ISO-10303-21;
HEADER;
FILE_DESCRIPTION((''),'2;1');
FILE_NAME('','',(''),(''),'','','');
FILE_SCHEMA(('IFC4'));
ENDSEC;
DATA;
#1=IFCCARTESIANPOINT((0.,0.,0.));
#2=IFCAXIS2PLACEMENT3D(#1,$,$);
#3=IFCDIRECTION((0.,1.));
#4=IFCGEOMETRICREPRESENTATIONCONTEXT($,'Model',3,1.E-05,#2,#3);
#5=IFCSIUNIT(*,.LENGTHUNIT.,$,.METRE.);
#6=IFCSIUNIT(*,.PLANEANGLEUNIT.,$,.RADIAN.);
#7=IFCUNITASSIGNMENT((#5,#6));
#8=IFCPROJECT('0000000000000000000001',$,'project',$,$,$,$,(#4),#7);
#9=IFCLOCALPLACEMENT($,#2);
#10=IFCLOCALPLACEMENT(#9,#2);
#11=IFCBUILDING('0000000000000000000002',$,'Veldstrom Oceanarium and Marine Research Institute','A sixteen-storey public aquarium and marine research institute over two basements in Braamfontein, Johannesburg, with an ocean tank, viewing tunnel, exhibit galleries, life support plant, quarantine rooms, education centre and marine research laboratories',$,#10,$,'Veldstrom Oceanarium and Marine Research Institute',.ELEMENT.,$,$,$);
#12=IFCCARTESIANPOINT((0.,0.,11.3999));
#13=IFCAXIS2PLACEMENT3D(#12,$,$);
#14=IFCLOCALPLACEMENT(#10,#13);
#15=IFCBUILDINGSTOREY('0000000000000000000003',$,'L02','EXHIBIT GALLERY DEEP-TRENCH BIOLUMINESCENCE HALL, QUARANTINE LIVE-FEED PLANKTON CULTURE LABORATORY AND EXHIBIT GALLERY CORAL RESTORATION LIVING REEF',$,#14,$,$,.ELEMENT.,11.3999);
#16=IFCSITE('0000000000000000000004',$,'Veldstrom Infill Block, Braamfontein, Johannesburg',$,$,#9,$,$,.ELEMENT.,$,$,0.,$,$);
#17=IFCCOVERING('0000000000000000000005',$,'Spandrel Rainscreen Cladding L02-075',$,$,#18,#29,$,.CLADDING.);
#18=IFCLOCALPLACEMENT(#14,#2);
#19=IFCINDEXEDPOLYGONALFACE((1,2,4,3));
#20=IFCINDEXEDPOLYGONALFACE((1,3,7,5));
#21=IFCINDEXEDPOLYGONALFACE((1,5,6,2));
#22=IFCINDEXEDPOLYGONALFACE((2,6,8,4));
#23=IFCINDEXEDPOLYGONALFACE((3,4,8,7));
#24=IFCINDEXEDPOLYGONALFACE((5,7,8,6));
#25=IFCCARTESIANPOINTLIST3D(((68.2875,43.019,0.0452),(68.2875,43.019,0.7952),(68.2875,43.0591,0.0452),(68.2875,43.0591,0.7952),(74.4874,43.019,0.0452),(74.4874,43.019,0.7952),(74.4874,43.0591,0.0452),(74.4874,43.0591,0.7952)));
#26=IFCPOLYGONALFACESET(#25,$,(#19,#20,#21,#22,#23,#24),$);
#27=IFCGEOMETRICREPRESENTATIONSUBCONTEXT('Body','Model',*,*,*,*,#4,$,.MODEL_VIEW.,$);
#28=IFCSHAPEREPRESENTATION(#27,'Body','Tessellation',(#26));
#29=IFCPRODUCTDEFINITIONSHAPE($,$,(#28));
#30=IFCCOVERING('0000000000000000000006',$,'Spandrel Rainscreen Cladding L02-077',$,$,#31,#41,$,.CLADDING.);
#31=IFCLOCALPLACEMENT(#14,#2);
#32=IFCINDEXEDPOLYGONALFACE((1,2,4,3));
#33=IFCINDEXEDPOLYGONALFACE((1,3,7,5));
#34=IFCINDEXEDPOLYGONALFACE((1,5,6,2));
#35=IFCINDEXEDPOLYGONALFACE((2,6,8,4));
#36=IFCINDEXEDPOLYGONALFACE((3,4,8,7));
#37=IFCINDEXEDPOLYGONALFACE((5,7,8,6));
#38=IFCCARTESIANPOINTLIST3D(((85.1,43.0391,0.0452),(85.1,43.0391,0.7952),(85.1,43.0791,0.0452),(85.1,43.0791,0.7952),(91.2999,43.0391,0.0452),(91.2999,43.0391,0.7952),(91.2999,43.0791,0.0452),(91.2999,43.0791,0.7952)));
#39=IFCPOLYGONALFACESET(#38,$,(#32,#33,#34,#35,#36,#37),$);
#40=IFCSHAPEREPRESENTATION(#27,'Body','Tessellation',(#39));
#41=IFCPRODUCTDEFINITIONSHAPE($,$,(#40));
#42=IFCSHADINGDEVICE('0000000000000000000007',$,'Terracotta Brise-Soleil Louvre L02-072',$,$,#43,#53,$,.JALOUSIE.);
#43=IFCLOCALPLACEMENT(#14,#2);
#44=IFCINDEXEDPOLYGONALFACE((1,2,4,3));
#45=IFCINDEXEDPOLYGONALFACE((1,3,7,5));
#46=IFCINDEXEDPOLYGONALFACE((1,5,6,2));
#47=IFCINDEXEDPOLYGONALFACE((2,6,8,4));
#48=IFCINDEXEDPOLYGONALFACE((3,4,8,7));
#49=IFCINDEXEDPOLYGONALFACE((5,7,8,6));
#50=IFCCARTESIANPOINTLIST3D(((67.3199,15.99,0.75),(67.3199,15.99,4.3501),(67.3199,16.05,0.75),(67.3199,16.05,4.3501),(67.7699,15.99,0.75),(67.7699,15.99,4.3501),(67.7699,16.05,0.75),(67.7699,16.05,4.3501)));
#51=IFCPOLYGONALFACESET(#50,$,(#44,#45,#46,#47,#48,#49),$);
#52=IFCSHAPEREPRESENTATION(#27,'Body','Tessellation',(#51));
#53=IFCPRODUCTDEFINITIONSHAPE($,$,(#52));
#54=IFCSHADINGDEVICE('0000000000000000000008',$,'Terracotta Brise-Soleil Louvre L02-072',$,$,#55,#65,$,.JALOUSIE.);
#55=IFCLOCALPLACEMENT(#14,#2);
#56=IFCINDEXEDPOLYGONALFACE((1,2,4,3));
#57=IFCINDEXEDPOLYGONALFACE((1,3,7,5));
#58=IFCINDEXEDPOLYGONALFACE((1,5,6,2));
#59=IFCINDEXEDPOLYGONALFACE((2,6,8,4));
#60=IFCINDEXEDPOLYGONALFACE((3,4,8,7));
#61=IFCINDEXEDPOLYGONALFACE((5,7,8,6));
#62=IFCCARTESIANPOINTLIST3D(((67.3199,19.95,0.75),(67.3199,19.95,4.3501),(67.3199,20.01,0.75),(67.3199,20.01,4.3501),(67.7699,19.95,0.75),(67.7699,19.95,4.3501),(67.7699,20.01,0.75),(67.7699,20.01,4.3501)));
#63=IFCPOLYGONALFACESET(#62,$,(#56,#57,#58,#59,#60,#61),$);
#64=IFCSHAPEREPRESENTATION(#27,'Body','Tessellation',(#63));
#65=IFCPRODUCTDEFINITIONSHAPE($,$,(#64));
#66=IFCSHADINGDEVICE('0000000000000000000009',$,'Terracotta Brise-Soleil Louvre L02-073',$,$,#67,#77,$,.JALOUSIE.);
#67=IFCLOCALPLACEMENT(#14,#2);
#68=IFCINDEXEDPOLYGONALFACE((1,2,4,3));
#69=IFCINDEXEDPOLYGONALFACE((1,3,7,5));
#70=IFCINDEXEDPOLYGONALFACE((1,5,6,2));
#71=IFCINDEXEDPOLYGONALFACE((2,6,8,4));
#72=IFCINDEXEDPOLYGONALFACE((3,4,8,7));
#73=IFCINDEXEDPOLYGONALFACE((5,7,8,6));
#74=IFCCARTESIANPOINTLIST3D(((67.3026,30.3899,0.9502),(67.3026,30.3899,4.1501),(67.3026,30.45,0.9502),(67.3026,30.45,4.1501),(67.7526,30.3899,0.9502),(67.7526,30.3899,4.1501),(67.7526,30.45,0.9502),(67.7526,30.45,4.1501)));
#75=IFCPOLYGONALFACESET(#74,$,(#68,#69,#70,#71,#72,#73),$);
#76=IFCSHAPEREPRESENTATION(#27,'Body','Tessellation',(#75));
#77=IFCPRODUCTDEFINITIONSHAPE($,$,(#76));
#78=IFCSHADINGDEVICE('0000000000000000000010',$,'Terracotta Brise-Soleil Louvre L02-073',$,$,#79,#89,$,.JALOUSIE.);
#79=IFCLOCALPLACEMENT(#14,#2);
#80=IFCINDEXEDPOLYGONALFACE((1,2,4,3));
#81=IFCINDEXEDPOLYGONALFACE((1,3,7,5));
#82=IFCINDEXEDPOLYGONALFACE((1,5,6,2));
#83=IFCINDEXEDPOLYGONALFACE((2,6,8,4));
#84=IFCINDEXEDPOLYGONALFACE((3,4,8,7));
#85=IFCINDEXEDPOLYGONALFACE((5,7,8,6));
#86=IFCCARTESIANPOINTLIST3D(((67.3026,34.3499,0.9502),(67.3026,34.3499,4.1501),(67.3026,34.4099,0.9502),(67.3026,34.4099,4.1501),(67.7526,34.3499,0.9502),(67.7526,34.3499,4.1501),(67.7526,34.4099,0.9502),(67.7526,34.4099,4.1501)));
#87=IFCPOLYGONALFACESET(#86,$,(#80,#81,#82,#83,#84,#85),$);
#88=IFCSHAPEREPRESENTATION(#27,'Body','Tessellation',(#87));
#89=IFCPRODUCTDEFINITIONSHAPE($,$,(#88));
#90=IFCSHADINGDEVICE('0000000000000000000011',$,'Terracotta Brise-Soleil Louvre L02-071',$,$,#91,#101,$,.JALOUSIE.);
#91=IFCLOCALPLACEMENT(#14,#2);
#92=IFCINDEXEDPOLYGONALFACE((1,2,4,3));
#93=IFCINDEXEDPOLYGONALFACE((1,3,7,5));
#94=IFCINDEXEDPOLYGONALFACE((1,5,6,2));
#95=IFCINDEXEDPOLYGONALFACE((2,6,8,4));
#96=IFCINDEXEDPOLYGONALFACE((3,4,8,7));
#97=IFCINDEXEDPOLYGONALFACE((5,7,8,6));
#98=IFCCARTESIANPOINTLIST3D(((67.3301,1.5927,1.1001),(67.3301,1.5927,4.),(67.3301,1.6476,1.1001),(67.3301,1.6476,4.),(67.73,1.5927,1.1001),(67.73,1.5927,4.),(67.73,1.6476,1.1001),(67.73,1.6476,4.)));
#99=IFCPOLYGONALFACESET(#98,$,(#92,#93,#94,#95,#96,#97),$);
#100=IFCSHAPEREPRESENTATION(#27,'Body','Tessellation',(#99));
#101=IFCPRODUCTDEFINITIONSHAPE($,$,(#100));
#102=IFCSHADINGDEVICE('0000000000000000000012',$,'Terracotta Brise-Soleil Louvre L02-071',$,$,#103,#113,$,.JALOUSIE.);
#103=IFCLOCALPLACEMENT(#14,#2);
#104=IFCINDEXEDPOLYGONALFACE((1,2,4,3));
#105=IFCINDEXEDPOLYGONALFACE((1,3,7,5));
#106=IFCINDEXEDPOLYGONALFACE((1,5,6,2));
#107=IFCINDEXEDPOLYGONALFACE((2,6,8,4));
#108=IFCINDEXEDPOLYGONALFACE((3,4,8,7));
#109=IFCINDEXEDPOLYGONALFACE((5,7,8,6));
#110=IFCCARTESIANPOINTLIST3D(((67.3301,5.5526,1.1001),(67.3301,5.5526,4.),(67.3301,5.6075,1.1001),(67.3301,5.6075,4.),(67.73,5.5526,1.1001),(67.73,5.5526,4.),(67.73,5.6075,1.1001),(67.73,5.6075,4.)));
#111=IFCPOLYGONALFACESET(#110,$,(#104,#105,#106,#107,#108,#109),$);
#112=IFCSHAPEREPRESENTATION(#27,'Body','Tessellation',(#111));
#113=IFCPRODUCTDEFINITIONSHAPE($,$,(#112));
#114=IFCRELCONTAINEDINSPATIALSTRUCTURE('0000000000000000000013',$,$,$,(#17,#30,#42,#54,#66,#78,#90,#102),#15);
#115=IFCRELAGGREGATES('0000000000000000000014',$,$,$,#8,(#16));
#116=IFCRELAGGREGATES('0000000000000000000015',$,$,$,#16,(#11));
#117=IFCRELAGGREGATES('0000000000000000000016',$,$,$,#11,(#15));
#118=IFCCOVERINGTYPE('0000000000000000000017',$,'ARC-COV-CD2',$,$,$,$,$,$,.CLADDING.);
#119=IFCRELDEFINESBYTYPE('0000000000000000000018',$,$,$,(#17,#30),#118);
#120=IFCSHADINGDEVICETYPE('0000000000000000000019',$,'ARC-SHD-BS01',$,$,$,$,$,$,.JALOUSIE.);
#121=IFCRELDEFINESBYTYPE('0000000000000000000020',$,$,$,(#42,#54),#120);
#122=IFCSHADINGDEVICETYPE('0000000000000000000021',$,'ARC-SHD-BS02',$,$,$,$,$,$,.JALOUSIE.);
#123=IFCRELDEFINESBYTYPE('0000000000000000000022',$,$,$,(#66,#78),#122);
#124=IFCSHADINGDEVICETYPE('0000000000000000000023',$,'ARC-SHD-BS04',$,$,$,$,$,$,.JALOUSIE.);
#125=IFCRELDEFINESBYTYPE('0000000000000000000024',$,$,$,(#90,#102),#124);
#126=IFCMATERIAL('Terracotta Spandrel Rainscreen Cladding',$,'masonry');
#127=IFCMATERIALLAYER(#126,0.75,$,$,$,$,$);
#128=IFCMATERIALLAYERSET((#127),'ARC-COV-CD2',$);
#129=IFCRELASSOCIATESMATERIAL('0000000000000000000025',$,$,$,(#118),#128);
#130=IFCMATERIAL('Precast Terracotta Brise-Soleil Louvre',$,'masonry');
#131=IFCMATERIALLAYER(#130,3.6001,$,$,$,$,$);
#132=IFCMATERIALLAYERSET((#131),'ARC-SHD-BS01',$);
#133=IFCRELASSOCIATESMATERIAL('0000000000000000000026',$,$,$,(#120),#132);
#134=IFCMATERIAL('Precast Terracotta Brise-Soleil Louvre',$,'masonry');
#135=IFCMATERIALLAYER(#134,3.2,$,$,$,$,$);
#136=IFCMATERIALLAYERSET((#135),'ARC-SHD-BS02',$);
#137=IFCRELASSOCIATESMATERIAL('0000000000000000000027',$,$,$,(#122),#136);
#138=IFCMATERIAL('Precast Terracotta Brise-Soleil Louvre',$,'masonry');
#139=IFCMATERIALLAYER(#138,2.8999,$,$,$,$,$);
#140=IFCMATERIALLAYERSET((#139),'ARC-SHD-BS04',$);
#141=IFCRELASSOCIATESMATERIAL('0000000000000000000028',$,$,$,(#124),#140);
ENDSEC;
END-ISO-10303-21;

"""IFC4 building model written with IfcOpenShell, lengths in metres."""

from ifc_helpers import new_model, si_unit, direction, frame, origin, origin_2d, place, context, subcontext, project, spatial, rectangle, extrude, material, layer, layer_set, type_object, element, save


model = new_model("IFC4")

# Units and contexts
model_context = context("Model", 3, precision=1e-05, world=origin(), true_north=direction((0.0, 1.0)))
body_context = subcontext(model_context, "Body", "Model", "MODEL_VIEW")
ifc_project = project(units=[si_unit("LENGTHUNIT", "METRE"), si_unit("PLANEANGLEUNIT", "RADIAN")], contexts=[model_context])

# Site, building, storey
site_placement = place(None, origin())
site = spatial("IfcSite", under=ifc_project, at=site_placement, Name="Veldstrom Infill Block, Braamfontein, Johannesburg", CompositionType="ELEMENT", RefElevation=0.0)
building_placement = place(site_placement, origin())
building = spatial("IfcBuilding", under=site, at=building_placement, Name="Veldstrom Oceanarium and Marine Research Institute", Description="A sixteen-storey public aquarium and marine research institute over two basements in Braamfontein, Johannesburg, with an ocean tank, viewing tunnel, exhibit galleries, life support plant, quarantine rooms, education centre and marine research laboratories", LongName="Veldstrom Oceanarium and Marine Research Institute", CompositionType="ELEMENT")
storey_placement = place(building_placement, frame((0.0, 0.0, 11.3999)))
storey = spatial("IfcBuildingStorey", under=building, at=storey_placement, Name="L02", Description="EXHIBIT GALLERY DEEP-TRENCH BIOLUMINESCENCE HALL, QUARANTINE LIVE-FEED PLANKTON CULTURE LABORATORY AND EXHIBIT GALLERY CORAL RESTORATION LIVING REEF", CompositionType="ELEMENT", Elevation=11.3999)

# Coverings
ifc_material_1 = material(Name="Terracotta Spandrel Rainscreen Cladding", Category="masonry")
ifc_layer_1 = layer(ifc_material_1, 0.75)
ifc_layer_set_1 = layer_set([ifc_layer_1], Name="ARC-COV-CD2")
covering_type = type_object("IfcCoveringType", Name="ARC-COV-CD2", PredefinedType="CLADDING", material=ifc_layer_set_1)
for number, where, z_axis, x_axis, name in (
    (1, (71.3875, 43.0391, 0.0452), (0.0, 0.0, 1.0), (1.0, 0.0, 0.0), "Spandrel Rainscreen Cladding L02-075"),
    (2, (88.2, 43.0591, 0.0452), (0.0, 0.0, 1.0), (1.0, 0.0, 0.0), "Spandrel Rainscreen Cladding L02-077"),
):
    element("IfcCovering", number, at=place(storey_placement, frame(where, z_axis=z_axis, x_axis=x_axis)), inside=storey, type_object=covering_type, Name=name, PredefinedType="CLADDING", context=body_context, shape_type="SweptSolid", body=[
        extrude(rectangle(XDim=6.2, YDim=0.04, at=origin_2d()), origin(), (0.0, 0.0, 1.0), 0.75),
    ])

# Shading devices
ifc_material_2 = material(Name="Precast Terracotta Brise-Soleil Louvre", Category="masonry")
ifc_layer_2 = layer(ifc_material_2, 3.6001)
ifc_layer_set_2 = layer_set([ifc_layer_2], Name="ARC-SHD-BS01")
shading_device_type_1 = type_object("IfcShadingDeviceType", Name="ARC-SHD-BS01", PredefinedType="JALOUSIE", material=ifc_layer_set_2)
for number, where, z_axis, x_axis, name in (
    (3, (67.5449, 16.02, 0.75), (0.0, 0.0, 1.0), (1.0, 0.0, 0.0), "Terracotta Brise-Soleil Louvre L02-072"),
    (4, (67.5449, 19.98, 0.75), (0.0, 0.0, 1.0), (1.0, 0.0, 0.0), "Terracotta Brise-Soleil Louvre L02-072"),
):
    element("IfcShadingDevice", number, at=place(storey_placement, frame(where, z_axis=z_axis, x_axis=x_axis)), inside=storey, type_object=shading_device_type_1, Name=name, PredefinedType="JALOUSIE", context=body_context, shape_type="SweptSolid", body=[
        extrude(rectangle(XDim=0.45, YDim=0.0601, at=origin_2d()), origin(), (0.0, 0.0, 1.0), 3.6001),
    ])
ifc_material_3 = material(Name="Precast Terracotta Brise-Soleil Louvre", Category="masonry")
ifc_layer_3 = layer(ifc_material_3, 3.2)
ifc_layer_set_3 = layer_set([ifc_layer_3], Name="ARC-SHD-BS02")
shading_device_type_2 = type_object("IfcShadingDeviceType", Name="ARC-SHD-BS02", PredefinedType="JALOUSIE", material=ifc_layer_set_3)
for number, where, z_axis, x_axis, name in (
    (5, (67.5276, 30.4199, 0.9502), (0.0, 0.0, 1.0), (1.0, 0.0, 0.0), "Terracotta Brise-Soleil Louvre L02-073"),
    (6, (67.5276, 34.3799, 0.9502), (0.0, 0.0, 1.0), (1.0, 0.0, 0.0), "Terracotta Brise-Soleil Louvre L02-073"),
):
    element("IfcShadingDevice", number, at=place(storey_placement, frame(where, z_axis=z_axis, x_axis=x_axis)), inside=storey, type_object=shading_device_type_2, Name=name, PredefinedType="JALOUSIE", context=body_context, shape_type="SweptSolid", body=[
        extrude(rectangle(XDim=0.45, YDim=0.0601, at=origin_2d()), origin(), (0.0, 0.0, 1.0), 3.2),
    ])
ifc_material_4 = material(Name="Precast Terracotta Brise-Soleil Louvre", Category="masonry")
ifc_layer_4 = layer(ifc_material_4, 2.8999)
ifc_layer_set_4 = layer_set([ifc_layer_4], Name="ARC-SHD-BS04")
shading_device_type_3 = type_object("IfcShadingDeviceType", Name="ARC-SHD-BS04", PredefinedType="JALOUSIE", material=ifc_layer_set_4)
for number, where, z_axis, x_axis, name in (
    (7, (67.53, 1.6201, 1.1001), (0.0, 0.0, 1.0), (1.0, 0.0, 0.0), "Terracotta Brise-Soleil Louvre L02-071"),
    (8, (67.53, 5.5801, 1.1001), (0.0, 0.0, 1.0), (1.0, 0.0, 0.0), "Terracotta Brise-Soleil Louvre L02-071"),
):
    element("IfcShadingDevice", number, at=place(storey_placement, frame(where, z_axis=z_axis, x_axis=x_axis)), inside=storey, type_object=shading_device_type_3, Name=name, PredefinedType="JALOUSIE", context=body_context, shape_type="SweptSolid", body=[
        extrude(rectangle(XDim=0.3999, YDim=0.0549, at=origin_2d()), origin(), (0.0, 0.0, 1.0), 2.8999),
    ])

save(model, "model.ifc")
